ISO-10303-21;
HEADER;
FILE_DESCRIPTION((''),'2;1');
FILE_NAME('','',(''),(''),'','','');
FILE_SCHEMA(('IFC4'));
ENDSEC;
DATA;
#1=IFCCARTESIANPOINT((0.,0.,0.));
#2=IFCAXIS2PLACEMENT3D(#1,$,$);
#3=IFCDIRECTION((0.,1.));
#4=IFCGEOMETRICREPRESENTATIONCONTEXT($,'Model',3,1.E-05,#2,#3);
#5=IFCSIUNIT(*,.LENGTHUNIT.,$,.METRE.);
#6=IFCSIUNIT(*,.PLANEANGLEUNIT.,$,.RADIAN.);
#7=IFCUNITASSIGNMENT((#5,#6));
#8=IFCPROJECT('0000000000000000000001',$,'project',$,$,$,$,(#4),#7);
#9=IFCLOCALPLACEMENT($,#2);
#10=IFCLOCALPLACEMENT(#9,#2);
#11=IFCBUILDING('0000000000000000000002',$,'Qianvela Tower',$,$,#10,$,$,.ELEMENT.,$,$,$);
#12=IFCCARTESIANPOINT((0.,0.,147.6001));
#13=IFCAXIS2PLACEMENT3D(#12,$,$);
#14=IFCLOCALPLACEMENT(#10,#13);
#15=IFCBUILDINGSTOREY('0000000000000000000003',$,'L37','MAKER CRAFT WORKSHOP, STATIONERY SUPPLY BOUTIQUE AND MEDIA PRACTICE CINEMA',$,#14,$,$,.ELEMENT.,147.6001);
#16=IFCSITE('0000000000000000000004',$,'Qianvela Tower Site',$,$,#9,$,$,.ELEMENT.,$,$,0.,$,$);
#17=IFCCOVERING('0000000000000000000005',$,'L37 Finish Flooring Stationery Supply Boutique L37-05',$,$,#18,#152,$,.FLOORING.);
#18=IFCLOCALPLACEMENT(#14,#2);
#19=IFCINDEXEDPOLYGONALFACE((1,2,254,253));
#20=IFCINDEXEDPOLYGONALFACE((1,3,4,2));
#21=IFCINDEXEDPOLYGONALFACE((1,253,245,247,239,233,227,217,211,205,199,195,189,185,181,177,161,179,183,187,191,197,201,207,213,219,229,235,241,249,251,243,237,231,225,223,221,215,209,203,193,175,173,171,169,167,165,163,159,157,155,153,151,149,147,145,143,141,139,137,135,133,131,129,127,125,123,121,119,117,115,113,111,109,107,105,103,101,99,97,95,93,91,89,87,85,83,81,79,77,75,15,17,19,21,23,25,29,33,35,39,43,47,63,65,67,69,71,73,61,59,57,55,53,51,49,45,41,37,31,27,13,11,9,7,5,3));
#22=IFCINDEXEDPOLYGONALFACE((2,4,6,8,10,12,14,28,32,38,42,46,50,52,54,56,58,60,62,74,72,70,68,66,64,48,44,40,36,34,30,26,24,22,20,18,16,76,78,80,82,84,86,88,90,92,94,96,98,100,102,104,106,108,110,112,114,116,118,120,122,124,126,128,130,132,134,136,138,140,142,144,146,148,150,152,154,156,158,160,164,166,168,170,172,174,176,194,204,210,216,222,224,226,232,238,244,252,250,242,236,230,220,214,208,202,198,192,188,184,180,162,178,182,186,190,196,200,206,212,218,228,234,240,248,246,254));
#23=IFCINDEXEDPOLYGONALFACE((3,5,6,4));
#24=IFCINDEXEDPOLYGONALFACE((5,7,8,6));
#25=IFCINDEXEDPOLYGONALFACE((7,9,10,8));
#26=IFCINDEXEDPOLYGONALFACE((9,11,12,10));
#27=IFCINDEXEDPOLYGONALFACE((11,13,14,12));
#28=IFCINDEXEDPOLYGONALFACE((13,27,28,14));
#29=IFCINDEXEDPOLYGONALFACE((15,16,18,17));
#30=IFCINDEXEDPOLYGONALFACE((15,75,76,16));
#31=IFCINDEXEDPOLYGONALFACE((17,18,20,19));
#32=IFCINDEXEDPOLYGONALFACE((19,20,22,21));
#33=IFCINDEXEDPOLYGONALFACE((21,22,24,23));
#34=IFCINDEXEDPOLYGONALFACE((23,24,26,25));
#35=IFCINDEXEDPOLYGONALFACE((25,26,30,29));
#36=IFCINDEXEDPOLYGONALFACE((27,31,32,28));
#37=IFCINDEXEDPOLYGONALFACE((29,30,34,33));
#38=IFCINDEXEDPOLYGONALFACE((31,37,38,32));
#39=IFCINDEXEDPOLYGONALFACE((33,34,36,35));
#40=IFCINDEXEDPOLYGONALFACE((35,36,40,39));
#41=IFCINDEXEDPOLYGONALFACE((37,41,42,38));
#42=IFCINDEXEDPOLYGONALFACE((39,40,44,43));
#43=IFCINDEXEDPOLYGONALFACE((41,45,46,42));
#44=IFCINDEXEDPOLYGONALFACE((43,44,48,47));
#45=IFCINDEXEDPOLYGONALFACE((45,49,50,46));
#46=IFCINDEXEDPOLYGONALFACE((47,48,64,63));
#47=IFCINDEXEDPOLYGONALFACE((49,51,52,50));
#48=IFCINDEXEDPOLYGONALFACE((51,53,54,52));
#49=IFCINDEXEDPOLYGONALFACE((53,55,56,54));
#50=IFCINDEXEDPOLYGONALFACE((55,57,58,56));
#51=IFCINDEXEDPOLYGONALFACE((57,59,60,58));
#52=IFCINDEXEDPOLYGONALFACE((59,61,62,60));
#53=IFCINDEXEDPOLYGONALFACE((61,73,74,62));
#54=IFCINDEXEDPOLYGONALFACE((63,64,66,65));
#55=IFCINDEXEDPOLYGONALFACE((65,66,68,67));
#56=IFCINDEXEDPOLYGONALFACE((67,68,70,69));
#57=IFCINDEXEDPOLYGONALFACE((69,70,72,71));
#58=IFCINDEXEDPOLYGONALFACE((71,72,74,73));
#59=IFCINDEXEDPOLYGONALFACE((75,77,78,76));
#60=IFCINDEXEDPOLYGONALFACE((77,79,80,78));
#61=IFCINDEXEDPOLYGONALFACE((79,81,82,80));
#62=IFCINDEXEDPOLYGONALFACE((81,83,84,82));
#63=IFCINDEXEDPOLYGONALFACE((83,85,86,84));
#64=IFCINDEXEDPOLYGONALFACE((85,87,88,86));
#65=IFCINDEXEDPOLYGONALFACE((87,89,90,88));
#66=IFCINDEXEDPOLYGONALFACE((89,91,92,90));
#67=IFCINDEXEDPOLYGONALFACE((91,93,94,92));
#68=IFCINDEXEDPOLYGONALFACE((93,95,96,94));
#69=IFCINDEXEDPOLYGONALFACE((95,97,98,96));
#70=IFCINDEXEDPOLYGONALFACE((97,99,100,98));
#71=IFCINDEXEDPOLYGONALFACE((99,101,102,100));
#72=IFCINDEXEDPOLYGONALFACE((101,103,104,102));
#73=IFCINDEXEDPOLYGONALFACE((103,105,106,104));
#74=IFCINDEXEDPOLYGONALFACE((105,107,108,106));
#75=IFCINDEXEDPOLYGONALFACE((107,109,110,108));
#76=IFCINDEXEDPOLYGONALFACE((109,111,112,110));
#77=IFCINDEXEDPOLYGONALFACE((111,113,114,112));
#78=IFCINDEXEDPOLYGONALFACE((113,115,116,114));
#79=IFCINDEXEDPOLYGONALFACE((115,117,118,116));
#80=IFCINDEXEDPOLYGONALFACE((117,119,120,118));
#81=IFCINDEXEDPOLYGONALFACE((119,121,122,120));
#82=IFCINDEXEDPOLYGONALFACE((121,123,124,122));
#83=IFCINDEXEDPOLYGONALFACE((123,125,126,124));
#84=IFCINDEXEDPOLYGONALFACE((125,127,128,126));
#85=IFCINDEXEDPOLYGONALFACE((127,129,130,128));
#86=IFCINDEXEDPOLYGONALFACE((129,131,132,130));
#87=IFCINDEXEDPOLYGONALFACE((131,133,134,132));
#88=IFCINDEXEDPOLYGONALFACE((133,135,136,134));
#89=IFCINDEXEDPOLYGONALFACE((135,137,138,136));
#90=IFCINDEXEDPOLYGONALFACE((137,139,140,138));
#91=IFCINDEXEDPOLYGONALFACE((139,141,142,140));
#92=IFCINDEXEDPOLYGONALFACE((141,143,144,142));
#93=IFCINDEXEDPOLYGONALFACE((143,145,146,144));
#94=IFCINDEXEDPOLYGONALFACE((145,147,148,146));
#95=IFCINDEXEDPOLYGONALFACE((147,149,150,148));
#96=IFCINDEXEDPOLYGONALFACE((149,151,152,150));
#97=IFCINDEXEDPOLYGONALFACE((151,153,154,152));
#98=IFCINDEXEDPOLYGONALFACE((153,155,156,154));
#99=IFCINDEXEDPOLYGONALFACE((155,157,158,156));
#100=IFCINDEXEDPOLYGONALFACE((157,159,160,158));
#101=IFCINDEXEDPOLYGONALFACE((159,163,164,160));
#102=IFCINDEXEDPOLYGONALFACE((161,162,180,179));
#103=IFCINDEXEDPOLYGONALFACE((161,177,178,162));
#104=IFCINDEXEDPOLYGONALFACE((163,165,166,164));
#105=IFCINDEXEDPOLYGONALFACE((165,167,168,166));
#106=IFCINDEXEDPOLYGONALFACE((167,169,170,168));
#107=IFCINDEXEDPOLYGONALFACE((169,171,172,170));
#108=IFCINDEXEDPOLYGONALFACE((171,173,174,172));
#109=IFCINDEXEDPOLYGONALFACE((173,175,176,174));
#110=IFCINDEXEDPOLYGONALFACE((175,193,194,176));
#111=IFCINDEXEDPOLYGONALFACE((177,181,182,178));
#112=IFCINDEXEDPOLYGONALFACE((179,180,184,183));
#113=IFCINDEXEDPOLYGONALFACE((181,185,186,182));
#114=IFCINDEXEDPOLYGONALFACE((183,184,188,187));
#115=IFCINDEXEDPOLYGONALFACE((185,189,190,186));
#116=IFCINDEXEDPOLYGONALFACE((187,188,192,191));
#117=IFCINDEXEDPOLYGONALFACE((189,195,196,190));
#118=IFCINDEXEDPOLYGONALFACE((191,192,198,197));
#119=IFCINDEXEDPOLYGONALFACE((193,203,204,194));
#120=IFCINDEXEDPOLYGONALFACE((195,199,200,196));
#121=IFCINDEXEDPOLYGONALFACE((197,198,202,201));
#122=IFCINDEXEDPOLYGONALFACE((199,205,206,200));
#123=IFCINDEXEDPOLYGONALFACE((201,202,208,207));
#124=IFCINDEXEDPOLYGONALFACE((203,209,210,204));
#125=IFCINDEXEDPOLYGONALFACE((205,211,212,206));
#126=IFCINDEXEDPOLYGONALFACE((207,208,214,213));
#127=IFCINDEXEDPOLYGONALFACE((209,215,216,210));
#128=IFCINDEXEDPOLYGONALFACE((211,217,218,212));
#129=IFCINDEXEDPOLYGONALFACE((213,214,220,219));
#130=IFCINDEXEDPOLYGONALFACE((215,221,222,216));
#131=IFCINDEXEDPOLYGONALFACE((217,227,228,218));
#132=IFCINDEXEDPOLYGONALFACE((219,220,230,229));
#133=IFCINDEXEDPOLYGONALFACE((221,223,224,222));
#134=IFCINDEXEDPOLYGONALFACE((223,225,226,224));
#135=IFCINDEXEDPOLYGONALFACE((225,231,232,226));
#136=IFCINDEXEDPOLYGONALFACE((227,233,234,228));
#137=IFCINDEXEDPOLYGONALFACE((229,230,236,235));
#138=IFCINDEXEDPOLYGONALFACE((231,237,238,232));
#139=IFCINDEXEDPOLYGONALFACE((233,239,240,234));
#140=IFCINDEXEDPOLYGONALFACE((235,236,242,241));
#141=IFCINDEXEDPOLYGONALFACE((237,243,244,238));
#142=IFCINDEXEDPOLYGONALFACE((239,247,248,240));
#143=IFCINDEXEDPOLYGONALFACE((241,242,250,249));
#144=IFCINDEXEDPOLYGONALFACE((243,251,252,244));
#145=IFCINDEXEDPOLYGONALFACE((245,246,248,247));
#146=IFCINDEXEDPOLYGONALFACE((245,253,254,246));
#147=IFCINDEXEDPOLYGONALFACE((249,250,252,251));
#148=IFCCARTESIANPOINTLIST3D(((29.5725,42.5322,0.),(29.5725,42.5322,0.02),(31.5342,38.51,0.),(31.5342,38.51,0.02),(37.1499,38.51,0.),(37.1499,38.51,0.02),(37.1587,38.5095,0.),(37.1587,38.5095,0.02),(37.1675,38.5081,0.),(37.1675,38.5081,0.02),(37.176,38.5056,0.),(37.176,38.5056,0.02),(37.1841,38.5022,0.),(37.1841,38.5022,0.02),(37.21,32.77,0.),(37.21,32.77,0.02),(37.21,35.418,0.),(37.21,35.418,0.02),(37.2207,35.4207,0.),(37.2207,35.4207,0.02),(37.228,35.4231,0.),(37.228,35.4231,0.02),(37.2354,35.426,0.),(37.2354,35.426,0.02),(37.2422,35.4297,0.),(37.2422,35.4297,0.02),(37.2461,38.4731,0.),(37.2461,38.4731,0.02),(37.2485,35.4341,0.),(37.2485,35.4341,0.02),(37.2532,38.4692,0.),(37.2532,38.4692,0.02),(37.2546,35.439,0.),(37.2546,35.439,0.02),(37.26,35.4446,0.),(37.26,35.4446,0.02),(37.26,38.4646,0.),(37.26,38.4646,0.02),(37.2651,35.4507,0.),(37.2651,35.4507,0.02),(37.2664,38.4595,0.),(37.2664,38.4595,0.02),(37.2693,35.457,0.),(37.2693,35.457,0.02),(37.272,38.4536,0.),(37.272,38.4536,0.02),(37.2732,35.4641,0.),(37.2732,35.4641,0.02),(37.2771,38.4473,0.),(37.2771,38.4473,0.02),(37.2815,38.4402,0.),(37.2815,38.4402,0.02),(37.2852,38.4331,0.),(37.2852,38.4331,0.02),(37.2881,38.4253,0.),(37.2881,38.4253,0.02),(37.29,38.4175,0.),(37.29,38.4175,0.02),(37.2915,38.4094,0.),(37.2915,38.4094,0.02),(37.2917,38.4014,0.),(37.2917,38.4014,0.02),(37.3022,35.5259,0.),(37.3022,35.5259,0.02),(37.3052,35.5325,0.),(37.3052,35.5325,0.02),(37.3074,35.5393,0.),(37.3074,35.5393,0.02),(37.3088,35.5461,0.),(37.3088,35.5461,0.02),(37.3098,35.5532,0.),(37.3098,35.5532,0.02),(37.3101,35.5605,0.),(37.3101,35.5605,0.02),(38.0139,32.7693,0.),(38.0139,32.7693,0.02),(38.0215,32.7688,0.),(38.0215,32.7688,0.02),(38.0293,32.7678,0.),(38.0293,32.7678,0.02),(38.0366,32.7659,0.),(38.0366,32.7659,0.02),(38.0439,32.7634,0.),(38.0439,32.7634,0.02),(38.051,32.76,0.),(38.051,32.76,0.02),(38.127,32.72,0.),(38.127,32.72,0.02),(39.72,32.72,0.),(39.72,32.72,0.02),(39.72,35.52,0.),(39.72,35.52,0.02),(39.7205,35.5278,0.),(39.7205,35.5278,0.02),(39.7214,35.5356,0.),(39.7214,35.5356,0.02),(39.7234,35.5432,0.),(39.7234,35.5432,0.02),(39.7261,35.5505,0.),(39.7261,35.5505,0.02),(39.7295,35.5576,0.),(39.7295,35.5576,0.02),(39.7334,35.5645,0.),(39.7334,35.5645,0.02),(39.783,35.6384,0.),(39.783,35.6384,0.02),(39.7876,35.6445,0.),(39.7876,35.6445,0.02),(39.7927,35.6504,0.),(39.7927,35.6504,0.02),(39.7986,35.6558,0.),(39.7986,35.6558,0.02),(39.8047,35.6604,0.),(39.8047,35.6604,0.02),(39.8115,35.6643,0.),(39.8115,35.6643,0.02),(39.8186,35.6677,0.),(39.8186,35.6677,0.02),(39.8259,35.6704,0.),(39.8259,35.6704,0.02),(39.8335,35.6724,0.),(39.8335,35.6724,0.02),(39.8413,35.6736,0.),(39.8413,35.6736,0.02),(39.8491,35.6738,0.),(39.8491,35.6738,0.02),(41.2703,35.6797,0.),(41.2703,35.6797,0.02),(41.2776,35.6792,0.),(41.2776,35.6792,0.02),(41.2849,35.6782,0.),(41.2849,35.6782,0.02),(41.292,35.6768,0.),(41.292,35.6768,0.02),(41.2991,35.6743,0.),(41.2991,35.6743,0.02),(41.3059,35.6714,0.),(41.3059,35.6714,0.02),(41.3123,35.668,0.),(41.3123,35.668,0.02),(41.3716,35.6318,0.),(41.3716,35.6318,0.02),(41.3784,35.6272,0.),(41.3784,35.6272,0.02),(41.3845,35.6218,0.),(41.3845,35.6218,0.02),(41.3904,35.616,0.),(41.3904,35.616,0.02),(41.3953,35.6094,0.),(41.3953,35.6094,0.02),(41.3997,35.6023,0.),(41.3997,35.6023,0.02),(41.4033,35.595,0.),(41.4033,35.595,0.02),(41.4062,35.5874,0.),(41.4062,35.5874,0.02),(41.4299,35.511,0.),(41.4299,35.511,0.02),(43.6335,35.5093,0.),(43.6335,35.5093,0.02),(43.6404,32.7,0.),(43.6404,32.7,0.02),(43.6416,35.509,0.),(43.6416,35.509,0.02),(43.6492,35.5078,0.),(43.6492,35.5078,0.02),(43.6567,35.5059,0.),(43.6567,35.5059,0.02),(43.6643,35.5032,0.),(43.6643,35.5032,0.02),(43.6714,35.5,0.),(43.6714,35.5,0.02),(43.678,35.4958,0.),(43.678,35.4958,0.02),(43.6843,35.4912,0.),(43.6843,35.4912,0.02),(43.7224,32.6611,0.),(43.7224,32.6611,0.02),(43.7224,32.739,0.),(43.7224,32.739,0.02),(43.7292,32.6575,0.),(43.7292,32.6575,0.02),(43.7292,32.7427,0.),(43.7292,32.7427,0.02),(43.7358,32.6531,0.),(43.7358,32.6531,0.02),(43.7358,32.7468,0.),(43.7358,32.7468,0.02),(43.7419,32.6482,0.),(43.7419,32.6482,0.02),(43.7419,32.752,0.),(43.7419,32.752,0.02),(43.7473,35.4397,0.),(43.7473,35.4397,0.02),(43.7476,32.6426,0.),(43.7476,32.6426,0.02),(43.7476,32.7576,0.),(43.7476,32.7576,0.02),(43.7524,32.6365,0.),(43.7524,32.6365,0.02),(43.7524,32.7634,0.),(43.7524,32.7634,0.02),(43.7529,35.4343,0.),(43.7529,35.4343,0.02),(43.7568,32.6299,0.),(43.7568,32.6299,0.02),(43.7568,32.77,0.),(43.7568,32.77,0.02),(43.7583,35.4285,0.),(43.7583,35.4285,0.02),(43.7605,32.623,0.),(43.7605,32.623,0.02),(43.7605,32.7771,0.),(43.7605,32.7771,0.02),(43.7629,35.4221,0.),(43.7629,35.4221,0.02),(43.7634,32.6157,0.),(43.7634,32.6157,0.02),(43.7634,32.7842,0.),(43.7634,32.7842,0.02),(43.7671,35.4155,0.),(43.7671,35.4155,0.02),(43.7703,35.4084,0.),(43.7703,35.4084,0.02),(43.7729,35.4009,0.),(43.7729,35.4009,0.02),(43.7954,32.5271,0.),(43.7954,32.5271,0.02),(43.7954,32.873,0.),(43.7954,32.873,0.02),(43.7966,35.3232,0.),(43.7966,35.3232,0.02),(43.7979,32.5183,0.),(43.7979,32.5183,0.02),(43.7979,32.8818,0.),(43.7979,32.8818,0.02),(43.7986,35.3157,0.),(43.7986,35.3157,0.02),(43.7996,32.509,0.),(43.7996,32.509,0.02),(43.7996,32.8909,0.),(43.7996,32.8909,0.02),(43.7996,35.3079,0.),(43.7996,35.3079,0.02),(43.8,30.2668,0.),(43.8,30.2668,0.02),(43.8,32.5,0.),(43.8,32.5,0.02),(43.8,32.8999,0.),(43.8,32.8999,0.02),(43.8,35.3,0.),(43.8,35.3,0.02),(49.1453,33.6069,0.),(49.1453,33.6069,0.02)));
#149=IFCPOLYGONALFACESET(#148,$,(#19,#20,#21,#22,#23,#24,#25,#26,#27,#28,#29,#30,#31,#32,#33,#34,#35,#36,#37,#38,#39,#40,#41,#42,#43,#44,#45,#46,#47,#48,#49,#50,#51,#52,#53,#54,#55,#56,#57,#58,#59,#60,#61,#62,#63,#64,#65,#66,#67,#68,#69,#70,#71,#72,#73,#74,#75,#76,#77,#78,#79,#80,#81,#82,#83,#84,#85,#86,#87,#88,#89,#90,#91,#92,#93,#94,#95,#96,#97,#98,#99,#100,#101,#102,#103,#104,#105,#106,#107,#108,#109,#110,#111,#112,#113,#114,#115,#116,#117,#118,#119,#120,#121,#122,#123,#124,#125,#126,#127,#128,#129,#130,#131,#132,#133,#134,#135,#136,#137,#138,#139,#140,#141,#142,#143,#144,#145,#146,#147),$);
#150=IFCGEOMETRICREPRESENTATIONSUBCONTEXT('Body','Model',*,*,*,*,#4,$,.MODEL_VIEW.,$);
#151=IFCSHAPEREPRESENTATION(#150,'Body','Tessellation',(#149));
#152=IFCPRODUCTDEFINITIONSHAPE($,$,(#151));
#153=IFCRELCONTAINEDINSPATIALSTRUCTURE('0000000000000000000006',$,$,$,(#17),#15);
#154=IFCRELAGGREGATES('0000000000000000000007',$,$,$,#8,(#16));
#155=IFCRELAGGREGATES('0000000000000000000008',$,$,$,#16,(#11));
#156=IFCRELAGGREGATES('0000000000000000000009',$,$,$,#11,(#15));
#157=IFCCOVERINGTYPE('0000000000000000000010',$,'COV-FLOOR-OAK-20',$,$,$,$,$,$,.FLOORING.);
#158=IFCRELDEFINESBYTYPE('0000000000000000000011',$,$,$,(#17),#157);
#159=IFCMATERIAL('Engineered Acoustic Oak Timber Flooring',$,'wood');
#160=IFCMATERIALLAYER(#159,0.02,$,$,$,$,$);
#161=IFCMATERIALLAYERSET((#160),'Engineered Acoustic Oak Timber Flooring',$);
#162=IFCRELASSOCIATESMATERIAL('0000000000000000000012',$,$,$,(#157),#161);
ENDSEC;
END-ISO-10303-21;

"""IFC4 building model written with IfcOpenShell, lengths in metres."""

from ifc_helpers import new_model, si_unit, direction, frame, origin, place, context, subcontext, project, spatial, polyline, outline, extrude, material, layer, layer_set, type_object, element, save


model = new_model("IFC4")

# Units and contexts
model_context = context("Model", 3, precision=1e-05, world=origin(), true_north=direction((0.0, 1.0)))
body_context = subcontext(model_context, "Body", "Model", "MODEL_VIEW")
ifc_project = project(units=[si_unit("LENGTHUNIT", "METRE"), si_unit("PLANEANGLEUNIT", "RADIAN")], contexts=[model_context])

# Site, building, storey
site_placement = place(None, origin())
site = spatial("IfcSite", under=ifc_project, at=site_placement, Name="Qianvela Tower Site", CompositionType="ELEMENT", RefElevation=0.0)
building_placement = place(site_placement, origin())
building = spatial("IfcBuilding", under=site, at=building_placement, Name="Qianvela Tower", CompositionType="ELEMENT")
storey_placement = place(building_placement, frame((0.0, 0.0, 147.6001)))
storey = spatial("IfcBuildingStorey", under=building, at=storey_placement, Name="L37", Description="MAKER CRAFT WORKSHOP, STATIONERY SUPPLY BOUTIQUE AND MEDIA PRACTICE CINEMA", CompositionType="ELEMENT", Elevation=147.6001)

# Covering
ifc_material_1 = material(Name="Engineered Acoustic Oak Timber Flooring", Category="wood")
ifc_layer_1 = layer(ifc_material_1, 0.02)
ifc_layer_set_1 = layer_set([ifc_layer_1], Name="Engineered Acoustic Oak Timber Flooring")
covering_type_1 = type_object("IfcCoveringType", Name="COV-FLOOR-OAK-20", PredefinedType="FLOORING", material=ifc_layer_set_1)
covering_1_placement = place(storey_placement, origin())
element("IfcCovering", 1, at=covering_1_placement, inside=storey, type_object=covering_type_1, Name="L37 Finish Flooring Stationery Supply Boutique L37-05", PredefinedType="FLOORING", context=body_context, shape_type="SweptSolid", body=[
    extrude(outline(polyline([(43.6404, 32.7), (43.7224, 32.739), (43.7292, 32.7427), (43.7358, 32.7468), (43.7419, 32.752), (43.7476, 32.7576), (43.7524, 32.7634), (43.7568, 32.77), (43.7605, 32.7771), (43.7634, 32.7842), (43.7954, 32.873), (43.7979, 32.8818), (43.7996, 32.8909), (43.8, 32.8999), (43.8, 35.3), (43.7996, 35.3079), (43.7986, 35.3157), (43.7966, 35.3232), (43.7729, 35.4009), (43.7703, 35.4084), (43.7671, 35.4155), (43.7629, 35.4221), (43.7583, 35.4285), (43.7529, 35.4343), (43.7473, 35.4397), (43.6843, 35.4912), (43.678, 35.4958), (43.6714, 35.5), (43.6643, 35.5032), (43.6567, 35.5059), (43.6492, 35.5078), (43.6416, 35.509), (43.6335, 35.5093), (41.4299, 35.511), (41.4062, 35.5874), (41.4033, 35.595), (41.3997, 35.6023), (41.3953, 35.6094), (41.3904, 35.616), (41.3845, 35.6218), (41.3784, 35.6272), (41.3716, 35.6318), (41.3123, 35.668), (41.3059, 35.6714), (41.2991, 35.6743), (41.292, 35.6768), (41.2849, 35.6782), (41.2776, 35.6792), (41.2703, 35.6797), (39.8491, 35.6738), (39.8413, 35.6736), (39.8335, 35.6724), (39.8259, 35.6704), (39.8186, 35.6677), (39.8115, 35.6643), (39.8047, 35.6604), (39.7986, 35.6558), (39.7927, 35.6504), (39.7876, 35.6445), (39.783, 35.6384), (39.7334, 35.5645), (39.7295, 35.5576), (39.7261, 35.5505), (39.7234, 35.5432), (39.7214, 35.5356), (39.7205, 35.5278), (39.72, 35.52), (39.72, 32.72), (38.127, 32.72), (38.051, 32.76), (38.0439, 32.7634), (38.0366, 32.7659), (38.0293, 32.7678), (38.0215, 32.7688), (38.0139, 32.7693), (37.21, 32.77), (37.21, 35.418), (37.2207, 35.4207), (37.228, 35.4231), (37.2354, 35.426), (37.2422, 35.4297), (37.2485, 35.4341), (37.2546, 35.439), (37.26, 35.4446), (37.2651, 35.4507), (37.2693, 35.457), (37.2732, 35.4641), (37.3022, 35.5259), (37.3052, 35.5325), (37.3074, 35.5393), (37.3088, 35.5461), (37.3098, 35.5532), (37.3101, 35.5605), (37.2917, 38.4014), (37.2915, 38.4094), (37.29, 38.4175), (37.2881, 38.4253), (37.2852, 38.4331), (37.2815, 38.4402), (37.2771, 38.4473), (37.272, 38.4536), (37.2664, 38.4595), (37.26, 38.4646), (37.2532, 38.4692), (37.2461, 38.4731), (37.1841, 38.5022), (37.176, 38.5056), (37.1675, 38.5081), (37.1587, 38.5095), (37.1499, 38.51), (31.5342, 38.51), (29.5725, 42.5322), (49.1453, 33.6069), (43.8, 30.2668), (43.8, 32.5), (43.7996, 32.509), (43.7979, 32.5183), (43.7954, 32.5271), (43.7634, 32.6157), (43.7605, 32.623), (43.7568, 32.6299), (43.7524, 32.6365), (43.7476, 32.6426), (43.7419, 32.6482), (43.7358, 32.6531), (43.7292, 32.6575), (43.7224, 32.6611), (43.6404, 32.7)])), origin(), (0.0, 0.0, 1.0), 0.02),
])

save(model, "model.ifc")
